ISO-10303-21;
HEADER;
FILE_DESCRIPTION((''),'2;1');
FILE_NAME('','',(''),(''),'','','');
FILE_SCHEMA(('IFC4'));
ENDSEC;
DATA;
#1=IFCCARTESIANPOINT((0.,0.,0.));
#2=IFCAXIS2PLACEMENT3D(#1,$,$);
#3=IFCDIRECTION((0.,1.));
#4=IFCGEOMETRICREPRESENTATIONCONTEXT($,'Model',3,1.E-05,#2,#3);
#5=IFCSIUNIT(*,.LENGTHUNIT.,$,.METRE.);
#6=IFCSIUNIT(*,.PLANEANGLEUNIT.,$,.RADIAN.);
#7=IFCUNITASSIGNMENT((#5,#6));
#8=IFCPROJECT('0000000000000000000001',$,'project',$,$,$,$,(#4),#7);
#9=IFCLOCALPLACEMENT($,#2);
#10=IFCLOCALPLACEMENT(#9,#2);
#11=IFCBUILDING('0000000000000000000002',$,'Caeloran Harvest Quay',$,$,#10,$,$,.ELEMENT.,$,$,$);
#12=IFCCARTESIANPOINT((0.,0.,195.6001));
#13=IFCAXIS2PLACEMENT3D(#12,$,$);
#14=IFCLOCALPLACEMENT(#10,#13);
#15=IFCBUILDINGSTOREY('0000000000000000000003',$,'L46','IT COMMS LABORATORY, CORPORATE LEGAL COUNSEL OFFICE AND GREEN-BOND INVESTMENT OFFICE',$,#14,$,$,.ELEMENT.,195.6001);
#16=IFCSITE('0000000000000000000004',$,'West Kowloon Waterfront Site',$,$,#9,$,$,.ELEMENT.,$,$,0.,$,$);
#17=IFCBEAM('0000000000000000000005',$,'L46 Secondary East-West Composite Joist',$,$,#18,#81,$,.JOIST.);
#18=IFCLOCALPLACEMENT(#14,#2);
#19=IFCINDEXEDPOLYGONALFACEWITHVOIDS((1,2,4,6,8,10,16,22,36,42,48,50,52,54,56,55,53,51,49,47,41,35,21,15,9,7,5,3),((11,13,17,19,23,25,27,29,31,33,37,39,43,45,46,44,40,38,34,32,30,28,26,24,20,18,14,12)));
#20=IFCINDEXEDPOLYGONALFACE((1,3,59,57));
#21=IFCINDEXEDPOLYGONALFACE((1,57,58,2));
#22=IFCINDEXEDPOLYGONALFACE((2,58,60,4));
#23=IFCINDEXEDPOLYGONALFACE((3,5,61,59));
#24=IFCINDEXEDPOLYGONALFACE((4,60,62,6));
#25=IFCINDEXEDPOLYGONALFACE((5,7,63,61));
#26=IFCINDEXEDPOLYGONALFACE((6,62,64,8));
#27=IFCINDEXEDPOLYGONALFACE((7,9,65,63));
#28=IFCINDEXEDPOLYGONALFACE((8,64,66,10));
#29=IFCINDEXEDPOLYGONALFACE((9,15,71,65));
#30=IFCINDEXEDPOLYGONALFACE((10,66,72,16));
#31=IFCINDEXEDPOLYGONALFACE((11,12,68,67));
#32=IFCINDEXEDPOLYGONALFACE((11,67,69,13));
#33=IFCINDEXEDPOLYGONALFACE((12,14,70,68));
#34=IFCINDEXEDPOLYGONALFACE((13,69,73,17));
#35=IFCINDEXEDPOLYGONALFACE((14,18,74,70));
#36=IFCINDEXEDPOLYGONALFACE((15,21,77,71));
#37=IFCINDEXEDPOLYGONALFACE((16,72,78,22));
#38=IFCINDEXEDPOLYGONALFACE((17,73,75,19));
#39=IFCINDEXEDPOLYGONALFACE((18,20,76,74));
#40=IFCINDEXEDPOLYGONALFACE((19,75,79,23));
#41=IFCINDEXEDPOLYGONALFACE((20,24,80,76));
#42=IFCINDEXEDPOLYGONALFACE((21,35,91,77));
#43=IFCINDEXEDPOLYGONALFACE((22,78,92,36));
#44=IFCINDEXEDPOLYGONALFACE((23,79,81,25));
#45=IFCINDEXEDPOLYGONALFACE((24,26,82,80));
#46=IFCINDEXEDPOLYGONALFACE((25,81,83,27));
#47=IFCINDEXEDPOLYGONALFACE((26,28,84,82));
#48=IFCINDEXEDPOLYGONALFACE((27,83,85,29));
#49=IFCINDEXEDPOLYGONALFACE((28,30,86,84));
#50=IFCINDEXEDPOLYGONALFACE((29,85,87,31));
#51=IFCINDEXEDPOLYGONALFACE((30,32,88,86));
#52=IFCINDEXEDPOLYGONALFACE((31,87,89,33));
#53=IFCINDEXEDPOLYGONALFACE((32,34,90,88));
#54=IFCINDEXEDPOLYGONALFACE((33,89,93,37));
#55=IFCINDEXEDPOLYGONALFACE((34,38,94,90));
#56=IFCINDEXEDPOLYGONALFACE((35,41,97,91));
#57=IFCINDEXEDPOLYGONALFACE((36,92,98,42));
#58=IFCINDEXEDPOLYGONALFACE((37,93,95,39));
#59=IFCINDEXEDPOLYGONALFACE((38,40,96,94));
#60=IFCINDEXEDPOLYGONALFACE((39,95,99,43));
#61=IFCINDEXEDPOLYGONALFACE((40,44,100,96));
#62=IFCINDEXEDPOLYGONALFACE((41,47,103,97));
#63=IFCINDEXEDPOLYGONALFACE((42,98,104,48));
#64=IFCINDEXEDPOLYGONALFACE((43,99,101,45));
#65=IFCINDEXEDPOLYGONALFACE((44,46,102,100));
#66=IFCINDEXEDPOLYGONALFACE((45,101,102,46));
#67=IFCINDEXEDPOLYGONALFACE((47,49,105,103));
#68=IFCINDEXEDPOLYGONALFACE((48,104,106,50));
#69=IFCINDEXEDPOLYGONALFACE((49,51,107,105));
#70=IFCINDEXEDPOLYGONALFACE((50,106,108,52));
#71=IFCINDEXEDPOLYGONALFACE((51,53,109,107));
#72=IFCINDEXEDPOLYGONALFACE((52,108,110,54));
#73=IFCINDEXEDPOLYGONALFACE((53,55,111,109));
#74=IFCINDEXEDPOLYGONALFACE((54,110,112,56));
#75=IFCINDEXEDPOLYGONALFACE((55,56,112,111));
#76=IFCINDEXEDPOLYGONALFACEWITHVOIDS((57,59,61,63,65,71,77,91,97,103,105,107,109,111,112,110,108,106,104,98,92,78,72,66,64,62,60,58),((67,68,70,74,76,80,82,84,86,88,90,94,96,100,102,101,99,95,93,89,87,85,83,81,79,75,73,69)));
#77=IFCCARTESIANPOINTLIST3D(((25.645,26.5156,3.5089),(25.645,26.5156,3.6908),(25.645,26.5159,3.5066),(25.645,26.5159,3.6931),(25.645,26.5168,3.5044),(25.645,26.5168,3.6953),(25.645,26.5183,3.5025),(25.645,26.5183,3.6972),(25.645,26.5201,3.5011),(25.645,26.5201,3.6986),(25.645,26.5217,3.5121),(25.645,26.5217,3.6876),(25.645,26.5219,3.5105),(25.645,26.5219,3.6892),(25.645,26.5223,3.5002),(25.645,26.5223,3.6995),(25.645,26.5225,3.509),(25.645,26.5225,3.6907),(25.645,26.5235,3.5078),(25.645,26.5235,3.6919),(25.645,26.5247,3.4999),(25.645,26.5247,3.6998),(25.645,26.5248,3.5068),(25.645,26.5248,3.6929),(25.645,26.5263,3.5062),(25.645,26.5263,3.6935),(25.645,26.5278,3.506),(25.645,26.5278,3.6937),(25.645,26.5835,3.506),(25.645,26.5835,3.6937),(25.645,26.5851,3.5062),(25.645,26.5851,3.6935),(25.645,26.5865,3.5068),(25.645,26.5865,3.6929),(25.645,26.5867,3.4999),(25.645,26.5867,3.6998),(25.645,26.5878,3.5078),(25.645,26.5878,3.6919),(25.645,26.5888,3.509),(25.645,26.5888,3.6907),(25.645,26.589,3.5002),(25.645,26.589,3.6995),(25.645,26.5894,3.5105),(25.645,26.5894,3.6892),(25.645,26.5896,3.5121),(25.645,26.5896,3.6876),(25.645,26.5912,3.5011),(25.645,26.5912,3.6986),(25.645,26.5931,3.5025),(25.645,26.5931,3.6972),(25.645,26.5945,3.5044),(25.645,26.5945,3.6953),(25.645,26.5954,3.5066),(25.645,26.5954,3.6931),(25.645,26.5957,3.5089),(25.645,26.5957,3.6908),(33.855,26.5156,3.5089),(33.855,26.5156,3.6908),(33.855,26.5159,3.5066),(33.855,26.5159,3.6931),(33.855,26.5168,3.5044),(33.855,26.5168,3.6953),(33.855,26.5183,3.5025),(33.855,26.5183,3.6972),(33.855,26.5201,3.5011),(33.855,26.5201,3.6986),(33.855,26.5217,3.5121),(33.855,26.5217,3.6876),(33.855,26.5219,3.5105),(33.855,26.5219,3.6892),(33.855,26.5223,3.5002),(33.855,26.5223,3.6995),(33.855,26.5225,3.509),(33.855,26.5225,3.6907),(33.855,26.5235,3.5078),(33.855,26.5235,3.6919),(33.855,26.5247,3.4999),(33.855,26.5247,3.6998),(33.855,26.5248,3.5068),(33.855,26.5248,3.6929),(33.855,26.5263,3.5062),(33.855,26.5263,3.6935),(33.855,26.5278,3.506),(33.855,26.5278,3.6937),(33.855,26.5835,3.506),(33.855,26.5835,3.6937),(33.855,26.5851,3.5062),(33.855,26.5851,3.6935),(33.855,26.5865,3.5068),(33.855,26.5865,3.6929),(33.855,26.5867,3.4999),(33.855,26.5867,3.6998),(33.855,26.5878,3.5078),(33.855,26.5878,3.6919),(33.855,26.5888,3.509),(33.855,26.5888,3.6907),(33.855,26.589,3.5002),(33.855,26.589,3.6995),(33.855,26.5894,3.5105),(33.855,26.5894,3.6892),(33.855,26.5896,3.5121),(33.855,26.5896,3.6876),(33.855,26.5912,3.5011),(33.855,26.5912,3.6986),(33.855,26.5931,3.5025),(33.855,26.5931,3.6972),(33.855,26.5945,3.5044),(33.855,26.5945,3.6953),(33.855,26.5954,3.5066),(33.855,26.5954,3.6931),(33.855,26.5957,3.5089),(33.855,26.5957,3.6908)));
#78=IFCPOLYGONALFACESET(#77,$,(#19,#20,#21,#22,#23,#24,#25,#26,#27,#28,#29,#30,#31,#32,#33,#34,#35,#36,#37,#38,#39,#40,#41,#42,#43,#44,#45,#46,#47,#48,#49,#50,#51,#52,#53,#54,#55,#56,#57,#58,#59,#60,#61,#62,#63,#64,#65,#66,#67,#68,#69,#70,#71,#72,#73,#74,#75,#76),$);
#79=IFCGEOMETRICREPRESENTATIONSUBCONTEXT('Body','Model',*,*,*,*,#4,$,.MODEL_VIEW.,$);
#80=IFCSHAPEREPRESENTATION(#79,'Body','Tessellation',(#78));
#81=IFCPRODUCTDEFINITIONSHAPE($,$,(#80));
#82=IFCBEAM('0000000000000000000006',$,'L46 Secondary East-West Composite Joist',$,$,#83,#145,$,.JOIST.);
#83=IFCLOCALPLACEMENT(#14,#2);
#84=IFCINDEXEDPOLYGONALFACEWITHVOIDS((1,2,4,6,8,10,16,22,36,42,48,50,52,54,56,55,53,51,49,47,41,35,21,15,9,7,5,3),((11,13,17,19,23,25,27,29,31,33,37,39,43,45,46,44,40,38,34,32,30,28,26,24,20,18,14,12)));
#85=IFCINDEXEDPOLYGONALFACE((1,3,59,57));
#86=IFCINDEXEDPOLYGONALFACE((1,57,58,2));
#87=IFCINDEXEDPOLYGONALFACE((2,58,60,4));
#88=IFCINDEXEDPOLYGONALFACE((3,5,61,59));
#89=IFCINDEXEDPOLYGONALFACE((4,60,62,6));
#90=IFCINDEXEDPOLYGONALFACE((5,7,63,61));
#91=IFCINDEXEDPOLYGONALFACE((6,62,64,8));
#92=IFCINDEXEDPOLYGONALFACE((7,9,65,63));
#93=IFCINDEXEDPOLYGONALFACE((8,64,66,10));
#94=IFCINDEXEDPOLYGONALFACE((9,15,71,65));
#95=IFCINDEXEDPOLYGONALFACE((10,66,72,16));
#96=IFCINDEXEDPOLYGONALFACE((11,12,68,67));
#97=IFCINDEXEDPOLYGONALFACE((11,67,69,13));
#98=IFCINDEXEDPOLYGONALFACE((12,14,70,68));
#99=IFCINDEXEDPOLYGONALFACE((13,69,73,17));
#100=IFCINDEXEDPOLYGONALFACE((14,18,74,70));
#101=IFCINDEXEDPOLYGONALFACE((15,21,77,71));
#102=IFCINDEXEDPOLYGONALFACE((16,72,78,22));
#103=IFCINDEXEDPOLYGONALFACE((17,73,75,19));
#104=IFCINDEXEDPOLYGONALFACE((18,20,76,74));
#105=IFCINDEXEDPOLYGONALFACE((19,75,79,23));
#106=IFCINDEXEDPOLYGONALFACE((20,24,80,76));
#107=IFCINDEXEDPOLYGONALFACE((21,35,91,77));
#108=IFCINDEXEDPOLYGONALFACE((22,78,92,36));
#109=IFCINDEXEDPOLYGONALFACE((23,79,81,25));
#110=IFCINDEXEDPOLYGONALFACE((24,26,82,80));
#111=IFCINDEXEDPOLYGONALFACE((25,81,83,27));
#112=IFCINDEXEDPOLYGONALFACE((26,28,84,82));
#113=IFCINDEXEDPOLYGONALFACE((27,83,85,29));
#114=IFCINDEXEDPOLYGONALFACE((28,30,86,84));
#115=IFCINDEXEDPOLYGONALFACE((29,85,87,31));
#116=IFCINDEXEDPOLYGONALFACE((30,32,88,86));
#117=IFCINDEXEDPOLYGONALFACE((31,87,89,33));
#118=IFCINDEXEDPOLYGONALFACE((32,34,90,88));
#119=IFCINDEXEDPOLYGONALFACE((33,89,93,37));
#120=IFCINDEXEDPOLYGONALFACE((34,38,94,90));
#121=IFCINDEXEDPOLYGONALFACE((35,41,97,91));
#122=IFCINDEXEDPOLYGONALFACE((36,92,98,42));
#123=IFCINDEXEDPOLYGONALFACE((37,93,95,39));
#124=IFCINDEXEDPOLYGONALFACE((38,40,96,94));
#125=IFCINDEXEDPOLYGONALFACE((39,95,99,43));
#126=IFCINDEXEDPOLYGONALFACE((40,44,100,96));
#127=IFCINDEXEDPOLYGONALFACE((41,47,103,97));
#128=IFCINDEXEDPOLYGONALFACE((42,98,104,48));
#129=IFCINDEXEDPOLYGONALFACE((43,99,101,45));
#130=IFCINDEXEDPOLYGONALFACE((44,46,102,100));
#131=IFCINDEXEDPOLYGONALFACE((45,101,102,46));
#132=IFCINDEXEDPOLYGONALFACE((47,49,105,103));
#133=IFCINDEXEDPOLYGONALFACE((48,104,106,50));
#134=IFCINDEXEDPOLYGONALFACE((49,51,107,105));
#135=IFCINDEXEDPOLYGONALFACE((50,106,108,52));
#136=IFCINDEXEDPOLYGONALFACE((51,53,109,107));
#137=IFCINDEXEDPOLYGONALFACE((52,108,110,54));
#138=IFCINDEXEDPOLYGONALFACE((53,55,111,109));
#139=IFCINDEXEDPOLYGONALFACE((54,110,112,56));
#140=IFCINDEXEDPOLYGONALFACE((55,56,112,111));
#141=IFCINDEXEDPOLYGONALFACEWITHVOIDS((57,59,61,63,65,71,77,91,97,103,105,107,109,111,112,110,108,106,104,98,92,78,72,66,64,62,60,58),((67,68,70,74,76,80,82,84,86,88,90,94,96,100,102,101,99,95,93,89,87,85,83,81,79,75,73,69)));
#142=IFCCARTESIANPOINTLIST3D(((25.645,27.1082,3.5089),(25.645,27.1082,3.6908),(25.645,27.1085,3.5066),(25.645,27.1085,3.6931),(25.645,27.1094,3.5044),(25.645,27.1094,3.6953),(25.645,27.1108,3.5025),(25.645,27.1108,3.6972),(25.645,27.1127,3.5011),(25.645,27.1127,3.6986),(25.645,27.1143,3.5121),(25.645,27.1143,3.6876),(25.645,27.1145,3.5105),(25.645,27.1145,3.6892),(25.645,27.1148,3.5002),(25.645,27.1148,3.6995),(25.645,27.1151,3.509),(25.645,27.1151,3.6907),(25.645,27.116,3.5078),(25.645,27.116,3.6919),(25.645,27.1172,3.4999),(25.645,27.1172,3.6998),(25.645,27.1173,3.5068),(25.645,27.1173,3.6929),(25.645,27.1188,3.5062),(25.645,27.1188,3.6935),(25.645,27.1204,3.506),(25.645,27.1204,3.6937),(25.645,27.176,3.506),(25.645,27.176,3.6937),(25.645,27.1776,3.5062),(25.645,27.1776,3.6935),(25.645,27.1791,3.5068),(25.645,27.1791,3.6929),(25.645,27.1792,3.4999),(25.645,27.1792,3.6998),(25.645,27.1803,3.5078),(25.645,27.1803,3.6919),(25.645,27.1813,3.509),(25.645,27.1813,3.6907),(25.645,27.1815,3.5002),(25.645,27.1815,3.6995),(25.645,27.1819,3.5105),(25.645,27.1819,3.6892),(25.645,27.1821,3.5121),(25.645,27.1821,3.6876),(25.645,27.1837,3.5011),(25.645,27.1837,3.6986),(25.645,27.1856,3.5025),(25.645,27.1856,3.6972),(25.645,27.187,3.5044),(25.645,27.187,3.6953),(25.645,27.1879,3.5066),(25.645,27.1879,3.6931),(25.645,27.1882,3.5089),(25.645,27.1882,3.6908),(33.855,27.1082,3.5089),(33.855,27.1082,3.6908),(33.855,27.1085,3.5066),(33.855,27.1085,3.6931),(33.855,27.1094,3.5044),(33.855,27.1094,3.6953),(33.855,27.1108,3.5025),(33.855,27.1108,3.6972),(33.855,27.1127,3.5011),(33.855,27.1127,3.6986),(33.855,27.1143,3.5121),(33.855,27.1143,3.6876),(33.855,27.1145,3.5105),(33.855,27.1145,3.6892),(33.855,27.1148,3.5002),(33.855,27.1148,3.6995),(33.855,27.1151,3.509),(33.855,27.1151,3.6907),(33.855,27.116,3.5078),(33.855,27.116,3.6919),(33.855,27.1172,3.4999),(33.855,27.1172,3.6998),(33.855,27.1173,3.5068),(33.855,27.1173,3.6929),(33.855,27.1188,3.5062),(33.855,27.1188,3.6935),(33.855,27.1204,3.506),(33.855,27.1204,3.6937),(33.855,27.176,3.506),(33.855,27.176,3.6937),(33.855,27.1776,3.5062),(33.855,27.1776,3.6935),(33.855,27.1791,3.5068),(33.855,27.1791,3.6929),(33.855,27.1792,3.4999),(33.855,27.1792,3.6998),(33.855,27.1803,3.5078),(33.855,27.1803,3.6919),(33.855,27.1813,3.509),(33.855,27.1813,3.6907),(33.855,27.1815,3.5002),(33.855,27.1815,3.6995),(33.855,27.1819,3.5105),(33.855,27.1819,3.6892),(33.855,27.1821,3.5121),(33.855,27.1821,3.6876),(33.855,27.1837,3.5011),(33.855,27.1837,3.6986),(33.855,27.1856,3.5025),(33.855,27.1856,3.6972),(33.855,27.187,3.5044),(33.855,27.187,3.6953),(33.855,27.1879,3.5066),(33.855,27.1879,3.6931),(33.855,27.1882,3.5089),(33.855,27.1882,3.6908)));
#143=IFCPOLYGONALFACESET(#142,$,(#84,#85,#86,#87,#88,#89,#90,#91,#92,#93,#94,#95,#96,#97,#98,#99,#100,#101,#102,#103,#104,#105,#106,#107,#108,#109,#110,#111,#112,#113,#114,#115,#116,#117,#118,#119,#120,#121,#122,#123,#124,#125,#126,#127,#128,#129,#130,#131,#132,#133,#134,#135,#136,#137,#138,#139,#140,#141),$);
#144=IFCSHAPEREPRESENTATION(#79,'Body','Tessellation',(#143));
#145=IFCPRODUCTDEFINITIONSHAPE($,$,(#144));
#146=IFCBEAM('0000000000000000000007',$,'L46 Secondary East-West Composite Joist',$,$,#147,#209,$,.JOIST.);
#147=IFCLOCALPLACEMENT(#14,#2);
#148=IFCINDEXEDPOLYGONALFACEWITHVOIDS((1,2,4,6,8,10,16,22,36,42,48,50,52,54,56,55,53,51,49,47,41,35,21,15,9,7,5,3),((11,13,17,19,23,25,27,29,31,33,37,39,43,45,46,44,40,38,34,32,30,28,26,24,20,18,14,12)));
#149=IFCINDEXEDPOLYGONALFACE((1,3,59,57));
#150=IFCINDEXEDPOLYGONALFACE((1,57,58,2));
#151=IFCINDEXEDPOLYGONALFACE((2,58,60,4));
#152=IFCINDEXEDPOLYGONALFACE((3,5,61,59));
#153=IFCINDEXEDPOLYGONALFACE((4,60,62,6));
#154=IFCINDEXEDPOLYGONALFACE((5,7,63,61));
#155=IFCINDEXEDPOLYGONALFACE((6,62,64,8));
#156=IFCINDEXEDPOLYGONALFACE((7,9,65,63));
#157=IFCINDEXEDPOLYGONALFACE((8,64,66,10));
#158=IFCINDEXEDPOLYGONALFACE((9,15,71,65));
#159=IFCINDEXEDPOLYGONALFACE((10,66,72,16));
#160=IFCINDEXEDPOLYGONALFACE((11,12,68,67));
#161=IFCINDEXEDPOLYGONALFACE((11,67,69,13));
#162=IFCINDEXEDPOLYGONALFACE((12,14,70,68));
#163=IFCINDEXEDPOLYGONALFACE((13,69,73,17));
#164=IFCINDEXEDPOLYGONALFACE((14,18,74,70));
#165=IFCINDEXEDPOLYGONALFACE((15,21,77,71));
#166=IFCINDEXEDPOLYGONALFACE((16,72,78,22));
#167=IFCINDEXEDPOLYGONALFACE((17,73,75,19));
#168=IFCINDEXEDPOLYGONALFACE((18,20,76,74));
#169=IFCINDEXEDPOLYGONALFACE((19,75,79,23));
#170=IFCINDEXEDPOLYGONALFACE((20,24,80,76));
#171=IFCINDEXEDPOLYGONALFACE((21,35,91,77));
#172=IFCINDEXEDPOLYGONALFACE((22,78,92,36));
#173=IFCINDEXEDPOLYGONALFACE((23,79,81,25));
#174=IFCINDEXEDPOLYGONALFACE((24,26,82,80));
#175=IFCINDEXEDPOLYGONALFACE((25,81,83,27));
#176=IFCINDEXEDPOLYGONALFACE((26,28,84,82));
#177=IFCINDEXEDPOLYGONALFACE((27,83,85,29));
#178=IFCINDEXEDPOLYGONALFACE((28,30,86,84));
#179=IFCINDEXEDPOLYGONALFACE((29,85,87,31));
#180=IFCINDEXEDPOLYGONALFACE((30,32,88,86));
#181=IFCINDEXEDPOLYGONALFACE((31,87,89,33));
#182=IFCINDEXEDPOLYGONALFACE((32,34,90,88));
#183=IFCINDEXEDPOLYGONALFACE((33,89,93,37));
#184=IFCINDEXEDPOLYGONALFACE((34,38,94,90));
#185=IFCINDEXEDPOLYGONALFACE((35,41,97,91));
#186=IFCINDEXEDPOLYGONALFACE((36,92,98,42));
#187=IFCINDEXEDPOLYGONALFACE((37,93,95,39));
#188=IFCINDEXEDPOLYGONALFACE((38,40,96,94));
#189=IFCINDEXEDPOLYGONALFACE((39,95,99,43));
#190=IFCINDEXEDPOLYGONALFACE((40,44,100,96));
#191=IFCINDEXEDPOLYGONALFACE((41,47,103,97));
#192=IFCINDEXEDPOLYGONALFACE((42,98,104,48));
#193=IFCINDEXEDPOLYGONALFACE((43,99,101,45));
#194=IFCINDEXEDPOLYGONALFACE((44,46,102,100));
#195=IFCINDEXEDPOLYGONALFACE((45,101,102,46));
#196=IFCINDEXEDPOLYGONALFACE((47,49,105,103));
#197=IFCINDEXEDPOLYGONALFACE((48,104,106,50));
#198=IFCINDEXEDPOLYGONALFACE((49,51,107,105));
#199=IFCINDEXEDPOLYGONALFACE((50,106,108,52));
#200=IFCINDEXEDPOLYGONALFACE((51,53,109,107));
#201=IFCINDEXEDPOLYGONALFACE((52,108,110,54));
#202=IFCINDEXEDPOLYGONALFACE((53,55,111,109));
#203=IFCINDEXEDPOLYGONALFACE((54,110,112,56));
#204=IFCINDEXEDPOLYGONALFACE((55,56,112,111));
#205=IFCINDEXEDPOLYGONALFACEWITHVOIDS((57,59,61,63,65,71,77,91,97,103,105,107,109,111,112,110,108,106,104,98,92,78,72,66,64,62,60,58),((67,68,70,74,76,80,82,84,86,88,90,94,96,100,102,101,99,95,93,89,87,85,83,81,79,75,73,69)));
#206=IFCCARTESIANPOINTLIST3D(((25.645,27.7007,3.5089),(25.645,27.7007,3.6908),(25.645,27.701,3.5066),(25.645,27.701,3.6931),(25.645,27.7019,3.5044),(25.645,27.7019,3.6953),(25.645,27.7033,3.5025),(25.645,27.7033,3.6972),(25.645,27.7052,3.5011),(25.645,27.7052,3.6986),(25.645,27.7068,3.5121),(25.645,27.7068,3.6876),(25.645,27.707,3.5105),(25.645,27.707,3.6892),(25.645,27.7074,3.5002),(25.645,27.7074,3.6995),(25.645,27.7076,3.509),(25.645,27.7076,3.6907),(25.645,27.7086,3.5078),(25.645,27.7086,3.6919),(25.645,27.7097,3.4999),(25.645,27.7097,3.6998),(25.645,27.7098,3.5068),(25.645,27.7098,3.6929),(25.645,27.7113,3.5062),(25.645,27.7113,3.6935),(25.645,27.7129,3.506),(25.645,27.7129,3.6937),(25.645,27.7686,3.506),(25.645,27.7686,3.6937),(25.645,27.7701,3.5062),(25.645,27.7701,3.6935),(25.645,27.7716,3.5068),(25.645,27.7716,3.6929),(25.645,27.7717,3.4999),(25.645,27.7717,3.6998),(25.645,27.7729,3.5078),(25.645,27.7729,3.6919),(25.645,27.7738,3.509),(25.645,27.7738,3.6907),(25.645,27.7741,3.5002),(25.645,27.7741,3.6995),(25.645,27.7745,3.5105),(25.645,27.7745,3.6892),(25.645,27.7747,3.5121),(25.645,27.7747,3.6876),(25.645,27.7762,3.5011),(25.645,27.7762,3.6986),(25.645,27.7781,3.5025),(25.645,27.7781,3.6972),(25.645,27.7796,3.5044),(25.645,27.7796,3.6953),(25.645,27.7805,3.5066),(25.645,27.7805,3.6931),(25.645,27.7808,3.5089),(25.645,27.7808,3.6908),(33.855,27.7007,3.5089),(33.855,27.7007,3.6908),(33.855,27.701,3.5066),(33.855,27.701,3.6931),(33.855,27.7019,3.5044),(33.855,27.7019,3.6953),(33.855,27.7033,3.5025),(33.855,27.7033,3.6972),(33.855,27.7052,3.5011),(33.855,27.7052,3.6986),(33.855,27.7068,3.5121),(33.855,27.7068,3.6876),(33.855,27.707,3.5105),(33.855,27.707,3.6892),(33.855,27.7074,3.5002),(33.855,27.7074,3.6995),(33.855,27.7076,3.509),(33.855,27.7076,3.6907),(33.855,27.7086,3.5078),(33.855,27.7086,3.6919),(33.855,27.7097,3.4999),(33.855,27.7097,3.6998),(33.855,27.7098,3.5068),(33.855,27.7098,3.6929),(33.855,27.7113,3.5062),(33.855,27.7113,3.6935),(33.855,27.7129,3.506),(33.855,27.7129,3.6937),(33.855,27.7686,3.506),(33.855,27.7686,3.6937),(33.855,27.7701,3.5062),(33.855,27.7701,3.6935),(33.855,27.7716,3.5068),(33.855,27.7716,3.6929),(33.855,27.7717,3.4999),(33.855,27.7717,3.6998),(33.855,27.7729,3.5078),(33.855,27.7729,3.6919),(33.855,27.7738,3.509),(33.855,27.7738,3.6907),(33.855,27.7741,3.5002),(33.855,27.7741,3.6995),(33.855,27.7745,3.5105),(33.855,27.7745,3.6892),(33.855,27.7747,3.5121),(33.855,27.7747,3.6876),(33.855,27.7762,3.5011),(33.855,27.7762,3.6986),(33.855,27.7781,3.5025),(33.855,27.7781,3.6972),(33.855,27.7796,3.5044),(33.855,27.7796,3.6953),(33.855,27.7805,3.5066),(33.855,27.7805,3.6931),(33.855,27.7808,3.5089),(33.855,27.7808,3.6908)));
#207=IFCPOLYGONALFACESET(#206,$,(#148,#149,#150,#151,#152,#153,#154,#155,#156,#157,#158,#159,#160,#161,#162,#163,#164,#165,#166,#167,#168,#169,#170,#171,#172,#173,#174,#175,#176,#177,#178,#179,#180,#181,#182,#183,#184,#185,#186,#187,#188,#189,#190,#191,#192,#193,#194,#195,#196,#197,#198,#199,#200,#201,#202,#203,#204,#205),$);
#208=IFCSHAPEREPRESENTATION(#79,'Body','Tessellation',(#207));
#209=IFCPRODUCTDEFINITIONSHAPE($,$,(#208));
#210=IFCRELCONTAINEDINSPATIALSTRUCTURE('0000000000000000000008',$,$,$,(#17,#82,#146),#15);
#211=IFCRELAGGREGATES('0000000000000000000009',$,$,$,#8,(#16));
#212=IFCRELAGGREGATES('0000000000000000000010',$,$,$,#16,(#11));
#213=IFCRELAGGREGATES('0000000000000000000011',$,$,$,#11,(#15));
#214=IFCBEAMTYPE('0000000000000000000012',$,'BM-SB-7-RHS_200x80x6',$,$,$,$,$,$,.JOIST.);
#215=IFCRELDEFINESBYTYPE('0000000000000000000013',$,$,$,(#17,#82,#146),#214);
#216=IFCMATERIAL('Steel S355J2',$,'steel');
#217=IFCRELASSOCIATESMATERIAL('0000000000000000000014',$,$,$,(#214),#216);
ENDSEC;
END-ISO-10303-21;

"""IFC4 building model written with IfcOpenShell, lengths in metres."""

from ifc_helpers import new_model, si_unit, direction, frame, origin, origin_2d, place, context, subcontext, project, spatial, hollow_rectangle, extrude, material, material_profile, profile_set, type_object, element, save


model = new_model("IFC4")

# Units and contexts
model_context = context("Model", 3, precision=1e-05, world=origin(), true_north=direction((0.0, 1.0)))
body_context = subcontext(model_context, "Body", "Model", "MODEL_VIEW")
ifc_project = project(units=[si_unit("LENGTHUNIT", "METRE"), si_unit("PLANEANGLEUNIT", "RADIAN")], contexts=[model_context])

# Site, building, storey
site_placement = place(None, origin())
site = spatial("IfcSite", under=ifc_project, at=site_placement, Name="West Kowloon Waterfront Site", CompositionType="ELEMENT", RefElevation=0.0)
building_placement = place(site_placement, origin())
building = spatial("IfcBuilding", under=site, at=building_placement, Name="Caeloran Harvest Quay", CompositionType="ELEMENT")
storey_placement = place(building_placement, frame((0.0, 0.0, 195.6001)))
storey = spatial("IfcBuildingStorey", under=building, at=storey_placement, Name="L46", Description="IT COMMS LABORATORY, CORPORATE LEGAL COUNSEL OFFICE AND GREEN-BOND INVESTMENT OFFICE", CompositionType="ELEMENT", Elevation=195.6001)

# Beams
ifc_material_1 = material(Name="Steel S355J2", Category="steel")
ifc_material_profile_1 = material_profile(ifc_material_1, hollow_rectangle(XDim=0.0801, YDim=0.2, WallThickness=0.0061, InnerFilletRadius=0.0061, OuterFilletRadius=0.009, at=origin_2d()), Name="RHS 200x80x6")
ifc_profile_set_1 = profile_set([ifc_material_profile_1], Name="Steel S355J2")
beam_type_1 = type_object("IfcBeamType", Name="BM-SB-7-RHS_200x80x6", PredefinedType="JOIST", material=ifc_profile_set_1)
for number, where, z_axis, x_axis, name in (
    (1, (25.645, 26.5557, 3.5999), (1.0, 0.0, 0.0), (0.0, 1.0, 0.0), "L46 Secondary East-West Composite Joist"),
    (2, (25.645, 27.1482, 3.5999), (1.0, 0.0, 0.0), (0.0, 1.0, 0.0), "L46 Secondary East-West Composite Joist"),
    (3, (25.645, 27.7407, 3.5999), (1.0, 0.0, 0.0), (0.0, 1.0, 0.0), "L46 Secondary East-West Composite Joist"),
):
    element("IfcBeam", number, at=place(storey_placement, frame(where, z_axis=z_axis, x_axis=x_axis)), inside=storey, type_object=beam_type_1, Name=name, PredefinedType="JOIST", context=body_context, shape_type="SweptSolid", body=[
        extrude(hollow_rectangle(XDim=0.0801, YDim=0.2, WallThickness=0.0061, InnerFilletRadius=0.0061, OuterFilletRadius=0.009, at=origin_2d()), origin(), (0.0, 0.0, 1.0), 8.21),
    ])

save(model, "model.ifc")
